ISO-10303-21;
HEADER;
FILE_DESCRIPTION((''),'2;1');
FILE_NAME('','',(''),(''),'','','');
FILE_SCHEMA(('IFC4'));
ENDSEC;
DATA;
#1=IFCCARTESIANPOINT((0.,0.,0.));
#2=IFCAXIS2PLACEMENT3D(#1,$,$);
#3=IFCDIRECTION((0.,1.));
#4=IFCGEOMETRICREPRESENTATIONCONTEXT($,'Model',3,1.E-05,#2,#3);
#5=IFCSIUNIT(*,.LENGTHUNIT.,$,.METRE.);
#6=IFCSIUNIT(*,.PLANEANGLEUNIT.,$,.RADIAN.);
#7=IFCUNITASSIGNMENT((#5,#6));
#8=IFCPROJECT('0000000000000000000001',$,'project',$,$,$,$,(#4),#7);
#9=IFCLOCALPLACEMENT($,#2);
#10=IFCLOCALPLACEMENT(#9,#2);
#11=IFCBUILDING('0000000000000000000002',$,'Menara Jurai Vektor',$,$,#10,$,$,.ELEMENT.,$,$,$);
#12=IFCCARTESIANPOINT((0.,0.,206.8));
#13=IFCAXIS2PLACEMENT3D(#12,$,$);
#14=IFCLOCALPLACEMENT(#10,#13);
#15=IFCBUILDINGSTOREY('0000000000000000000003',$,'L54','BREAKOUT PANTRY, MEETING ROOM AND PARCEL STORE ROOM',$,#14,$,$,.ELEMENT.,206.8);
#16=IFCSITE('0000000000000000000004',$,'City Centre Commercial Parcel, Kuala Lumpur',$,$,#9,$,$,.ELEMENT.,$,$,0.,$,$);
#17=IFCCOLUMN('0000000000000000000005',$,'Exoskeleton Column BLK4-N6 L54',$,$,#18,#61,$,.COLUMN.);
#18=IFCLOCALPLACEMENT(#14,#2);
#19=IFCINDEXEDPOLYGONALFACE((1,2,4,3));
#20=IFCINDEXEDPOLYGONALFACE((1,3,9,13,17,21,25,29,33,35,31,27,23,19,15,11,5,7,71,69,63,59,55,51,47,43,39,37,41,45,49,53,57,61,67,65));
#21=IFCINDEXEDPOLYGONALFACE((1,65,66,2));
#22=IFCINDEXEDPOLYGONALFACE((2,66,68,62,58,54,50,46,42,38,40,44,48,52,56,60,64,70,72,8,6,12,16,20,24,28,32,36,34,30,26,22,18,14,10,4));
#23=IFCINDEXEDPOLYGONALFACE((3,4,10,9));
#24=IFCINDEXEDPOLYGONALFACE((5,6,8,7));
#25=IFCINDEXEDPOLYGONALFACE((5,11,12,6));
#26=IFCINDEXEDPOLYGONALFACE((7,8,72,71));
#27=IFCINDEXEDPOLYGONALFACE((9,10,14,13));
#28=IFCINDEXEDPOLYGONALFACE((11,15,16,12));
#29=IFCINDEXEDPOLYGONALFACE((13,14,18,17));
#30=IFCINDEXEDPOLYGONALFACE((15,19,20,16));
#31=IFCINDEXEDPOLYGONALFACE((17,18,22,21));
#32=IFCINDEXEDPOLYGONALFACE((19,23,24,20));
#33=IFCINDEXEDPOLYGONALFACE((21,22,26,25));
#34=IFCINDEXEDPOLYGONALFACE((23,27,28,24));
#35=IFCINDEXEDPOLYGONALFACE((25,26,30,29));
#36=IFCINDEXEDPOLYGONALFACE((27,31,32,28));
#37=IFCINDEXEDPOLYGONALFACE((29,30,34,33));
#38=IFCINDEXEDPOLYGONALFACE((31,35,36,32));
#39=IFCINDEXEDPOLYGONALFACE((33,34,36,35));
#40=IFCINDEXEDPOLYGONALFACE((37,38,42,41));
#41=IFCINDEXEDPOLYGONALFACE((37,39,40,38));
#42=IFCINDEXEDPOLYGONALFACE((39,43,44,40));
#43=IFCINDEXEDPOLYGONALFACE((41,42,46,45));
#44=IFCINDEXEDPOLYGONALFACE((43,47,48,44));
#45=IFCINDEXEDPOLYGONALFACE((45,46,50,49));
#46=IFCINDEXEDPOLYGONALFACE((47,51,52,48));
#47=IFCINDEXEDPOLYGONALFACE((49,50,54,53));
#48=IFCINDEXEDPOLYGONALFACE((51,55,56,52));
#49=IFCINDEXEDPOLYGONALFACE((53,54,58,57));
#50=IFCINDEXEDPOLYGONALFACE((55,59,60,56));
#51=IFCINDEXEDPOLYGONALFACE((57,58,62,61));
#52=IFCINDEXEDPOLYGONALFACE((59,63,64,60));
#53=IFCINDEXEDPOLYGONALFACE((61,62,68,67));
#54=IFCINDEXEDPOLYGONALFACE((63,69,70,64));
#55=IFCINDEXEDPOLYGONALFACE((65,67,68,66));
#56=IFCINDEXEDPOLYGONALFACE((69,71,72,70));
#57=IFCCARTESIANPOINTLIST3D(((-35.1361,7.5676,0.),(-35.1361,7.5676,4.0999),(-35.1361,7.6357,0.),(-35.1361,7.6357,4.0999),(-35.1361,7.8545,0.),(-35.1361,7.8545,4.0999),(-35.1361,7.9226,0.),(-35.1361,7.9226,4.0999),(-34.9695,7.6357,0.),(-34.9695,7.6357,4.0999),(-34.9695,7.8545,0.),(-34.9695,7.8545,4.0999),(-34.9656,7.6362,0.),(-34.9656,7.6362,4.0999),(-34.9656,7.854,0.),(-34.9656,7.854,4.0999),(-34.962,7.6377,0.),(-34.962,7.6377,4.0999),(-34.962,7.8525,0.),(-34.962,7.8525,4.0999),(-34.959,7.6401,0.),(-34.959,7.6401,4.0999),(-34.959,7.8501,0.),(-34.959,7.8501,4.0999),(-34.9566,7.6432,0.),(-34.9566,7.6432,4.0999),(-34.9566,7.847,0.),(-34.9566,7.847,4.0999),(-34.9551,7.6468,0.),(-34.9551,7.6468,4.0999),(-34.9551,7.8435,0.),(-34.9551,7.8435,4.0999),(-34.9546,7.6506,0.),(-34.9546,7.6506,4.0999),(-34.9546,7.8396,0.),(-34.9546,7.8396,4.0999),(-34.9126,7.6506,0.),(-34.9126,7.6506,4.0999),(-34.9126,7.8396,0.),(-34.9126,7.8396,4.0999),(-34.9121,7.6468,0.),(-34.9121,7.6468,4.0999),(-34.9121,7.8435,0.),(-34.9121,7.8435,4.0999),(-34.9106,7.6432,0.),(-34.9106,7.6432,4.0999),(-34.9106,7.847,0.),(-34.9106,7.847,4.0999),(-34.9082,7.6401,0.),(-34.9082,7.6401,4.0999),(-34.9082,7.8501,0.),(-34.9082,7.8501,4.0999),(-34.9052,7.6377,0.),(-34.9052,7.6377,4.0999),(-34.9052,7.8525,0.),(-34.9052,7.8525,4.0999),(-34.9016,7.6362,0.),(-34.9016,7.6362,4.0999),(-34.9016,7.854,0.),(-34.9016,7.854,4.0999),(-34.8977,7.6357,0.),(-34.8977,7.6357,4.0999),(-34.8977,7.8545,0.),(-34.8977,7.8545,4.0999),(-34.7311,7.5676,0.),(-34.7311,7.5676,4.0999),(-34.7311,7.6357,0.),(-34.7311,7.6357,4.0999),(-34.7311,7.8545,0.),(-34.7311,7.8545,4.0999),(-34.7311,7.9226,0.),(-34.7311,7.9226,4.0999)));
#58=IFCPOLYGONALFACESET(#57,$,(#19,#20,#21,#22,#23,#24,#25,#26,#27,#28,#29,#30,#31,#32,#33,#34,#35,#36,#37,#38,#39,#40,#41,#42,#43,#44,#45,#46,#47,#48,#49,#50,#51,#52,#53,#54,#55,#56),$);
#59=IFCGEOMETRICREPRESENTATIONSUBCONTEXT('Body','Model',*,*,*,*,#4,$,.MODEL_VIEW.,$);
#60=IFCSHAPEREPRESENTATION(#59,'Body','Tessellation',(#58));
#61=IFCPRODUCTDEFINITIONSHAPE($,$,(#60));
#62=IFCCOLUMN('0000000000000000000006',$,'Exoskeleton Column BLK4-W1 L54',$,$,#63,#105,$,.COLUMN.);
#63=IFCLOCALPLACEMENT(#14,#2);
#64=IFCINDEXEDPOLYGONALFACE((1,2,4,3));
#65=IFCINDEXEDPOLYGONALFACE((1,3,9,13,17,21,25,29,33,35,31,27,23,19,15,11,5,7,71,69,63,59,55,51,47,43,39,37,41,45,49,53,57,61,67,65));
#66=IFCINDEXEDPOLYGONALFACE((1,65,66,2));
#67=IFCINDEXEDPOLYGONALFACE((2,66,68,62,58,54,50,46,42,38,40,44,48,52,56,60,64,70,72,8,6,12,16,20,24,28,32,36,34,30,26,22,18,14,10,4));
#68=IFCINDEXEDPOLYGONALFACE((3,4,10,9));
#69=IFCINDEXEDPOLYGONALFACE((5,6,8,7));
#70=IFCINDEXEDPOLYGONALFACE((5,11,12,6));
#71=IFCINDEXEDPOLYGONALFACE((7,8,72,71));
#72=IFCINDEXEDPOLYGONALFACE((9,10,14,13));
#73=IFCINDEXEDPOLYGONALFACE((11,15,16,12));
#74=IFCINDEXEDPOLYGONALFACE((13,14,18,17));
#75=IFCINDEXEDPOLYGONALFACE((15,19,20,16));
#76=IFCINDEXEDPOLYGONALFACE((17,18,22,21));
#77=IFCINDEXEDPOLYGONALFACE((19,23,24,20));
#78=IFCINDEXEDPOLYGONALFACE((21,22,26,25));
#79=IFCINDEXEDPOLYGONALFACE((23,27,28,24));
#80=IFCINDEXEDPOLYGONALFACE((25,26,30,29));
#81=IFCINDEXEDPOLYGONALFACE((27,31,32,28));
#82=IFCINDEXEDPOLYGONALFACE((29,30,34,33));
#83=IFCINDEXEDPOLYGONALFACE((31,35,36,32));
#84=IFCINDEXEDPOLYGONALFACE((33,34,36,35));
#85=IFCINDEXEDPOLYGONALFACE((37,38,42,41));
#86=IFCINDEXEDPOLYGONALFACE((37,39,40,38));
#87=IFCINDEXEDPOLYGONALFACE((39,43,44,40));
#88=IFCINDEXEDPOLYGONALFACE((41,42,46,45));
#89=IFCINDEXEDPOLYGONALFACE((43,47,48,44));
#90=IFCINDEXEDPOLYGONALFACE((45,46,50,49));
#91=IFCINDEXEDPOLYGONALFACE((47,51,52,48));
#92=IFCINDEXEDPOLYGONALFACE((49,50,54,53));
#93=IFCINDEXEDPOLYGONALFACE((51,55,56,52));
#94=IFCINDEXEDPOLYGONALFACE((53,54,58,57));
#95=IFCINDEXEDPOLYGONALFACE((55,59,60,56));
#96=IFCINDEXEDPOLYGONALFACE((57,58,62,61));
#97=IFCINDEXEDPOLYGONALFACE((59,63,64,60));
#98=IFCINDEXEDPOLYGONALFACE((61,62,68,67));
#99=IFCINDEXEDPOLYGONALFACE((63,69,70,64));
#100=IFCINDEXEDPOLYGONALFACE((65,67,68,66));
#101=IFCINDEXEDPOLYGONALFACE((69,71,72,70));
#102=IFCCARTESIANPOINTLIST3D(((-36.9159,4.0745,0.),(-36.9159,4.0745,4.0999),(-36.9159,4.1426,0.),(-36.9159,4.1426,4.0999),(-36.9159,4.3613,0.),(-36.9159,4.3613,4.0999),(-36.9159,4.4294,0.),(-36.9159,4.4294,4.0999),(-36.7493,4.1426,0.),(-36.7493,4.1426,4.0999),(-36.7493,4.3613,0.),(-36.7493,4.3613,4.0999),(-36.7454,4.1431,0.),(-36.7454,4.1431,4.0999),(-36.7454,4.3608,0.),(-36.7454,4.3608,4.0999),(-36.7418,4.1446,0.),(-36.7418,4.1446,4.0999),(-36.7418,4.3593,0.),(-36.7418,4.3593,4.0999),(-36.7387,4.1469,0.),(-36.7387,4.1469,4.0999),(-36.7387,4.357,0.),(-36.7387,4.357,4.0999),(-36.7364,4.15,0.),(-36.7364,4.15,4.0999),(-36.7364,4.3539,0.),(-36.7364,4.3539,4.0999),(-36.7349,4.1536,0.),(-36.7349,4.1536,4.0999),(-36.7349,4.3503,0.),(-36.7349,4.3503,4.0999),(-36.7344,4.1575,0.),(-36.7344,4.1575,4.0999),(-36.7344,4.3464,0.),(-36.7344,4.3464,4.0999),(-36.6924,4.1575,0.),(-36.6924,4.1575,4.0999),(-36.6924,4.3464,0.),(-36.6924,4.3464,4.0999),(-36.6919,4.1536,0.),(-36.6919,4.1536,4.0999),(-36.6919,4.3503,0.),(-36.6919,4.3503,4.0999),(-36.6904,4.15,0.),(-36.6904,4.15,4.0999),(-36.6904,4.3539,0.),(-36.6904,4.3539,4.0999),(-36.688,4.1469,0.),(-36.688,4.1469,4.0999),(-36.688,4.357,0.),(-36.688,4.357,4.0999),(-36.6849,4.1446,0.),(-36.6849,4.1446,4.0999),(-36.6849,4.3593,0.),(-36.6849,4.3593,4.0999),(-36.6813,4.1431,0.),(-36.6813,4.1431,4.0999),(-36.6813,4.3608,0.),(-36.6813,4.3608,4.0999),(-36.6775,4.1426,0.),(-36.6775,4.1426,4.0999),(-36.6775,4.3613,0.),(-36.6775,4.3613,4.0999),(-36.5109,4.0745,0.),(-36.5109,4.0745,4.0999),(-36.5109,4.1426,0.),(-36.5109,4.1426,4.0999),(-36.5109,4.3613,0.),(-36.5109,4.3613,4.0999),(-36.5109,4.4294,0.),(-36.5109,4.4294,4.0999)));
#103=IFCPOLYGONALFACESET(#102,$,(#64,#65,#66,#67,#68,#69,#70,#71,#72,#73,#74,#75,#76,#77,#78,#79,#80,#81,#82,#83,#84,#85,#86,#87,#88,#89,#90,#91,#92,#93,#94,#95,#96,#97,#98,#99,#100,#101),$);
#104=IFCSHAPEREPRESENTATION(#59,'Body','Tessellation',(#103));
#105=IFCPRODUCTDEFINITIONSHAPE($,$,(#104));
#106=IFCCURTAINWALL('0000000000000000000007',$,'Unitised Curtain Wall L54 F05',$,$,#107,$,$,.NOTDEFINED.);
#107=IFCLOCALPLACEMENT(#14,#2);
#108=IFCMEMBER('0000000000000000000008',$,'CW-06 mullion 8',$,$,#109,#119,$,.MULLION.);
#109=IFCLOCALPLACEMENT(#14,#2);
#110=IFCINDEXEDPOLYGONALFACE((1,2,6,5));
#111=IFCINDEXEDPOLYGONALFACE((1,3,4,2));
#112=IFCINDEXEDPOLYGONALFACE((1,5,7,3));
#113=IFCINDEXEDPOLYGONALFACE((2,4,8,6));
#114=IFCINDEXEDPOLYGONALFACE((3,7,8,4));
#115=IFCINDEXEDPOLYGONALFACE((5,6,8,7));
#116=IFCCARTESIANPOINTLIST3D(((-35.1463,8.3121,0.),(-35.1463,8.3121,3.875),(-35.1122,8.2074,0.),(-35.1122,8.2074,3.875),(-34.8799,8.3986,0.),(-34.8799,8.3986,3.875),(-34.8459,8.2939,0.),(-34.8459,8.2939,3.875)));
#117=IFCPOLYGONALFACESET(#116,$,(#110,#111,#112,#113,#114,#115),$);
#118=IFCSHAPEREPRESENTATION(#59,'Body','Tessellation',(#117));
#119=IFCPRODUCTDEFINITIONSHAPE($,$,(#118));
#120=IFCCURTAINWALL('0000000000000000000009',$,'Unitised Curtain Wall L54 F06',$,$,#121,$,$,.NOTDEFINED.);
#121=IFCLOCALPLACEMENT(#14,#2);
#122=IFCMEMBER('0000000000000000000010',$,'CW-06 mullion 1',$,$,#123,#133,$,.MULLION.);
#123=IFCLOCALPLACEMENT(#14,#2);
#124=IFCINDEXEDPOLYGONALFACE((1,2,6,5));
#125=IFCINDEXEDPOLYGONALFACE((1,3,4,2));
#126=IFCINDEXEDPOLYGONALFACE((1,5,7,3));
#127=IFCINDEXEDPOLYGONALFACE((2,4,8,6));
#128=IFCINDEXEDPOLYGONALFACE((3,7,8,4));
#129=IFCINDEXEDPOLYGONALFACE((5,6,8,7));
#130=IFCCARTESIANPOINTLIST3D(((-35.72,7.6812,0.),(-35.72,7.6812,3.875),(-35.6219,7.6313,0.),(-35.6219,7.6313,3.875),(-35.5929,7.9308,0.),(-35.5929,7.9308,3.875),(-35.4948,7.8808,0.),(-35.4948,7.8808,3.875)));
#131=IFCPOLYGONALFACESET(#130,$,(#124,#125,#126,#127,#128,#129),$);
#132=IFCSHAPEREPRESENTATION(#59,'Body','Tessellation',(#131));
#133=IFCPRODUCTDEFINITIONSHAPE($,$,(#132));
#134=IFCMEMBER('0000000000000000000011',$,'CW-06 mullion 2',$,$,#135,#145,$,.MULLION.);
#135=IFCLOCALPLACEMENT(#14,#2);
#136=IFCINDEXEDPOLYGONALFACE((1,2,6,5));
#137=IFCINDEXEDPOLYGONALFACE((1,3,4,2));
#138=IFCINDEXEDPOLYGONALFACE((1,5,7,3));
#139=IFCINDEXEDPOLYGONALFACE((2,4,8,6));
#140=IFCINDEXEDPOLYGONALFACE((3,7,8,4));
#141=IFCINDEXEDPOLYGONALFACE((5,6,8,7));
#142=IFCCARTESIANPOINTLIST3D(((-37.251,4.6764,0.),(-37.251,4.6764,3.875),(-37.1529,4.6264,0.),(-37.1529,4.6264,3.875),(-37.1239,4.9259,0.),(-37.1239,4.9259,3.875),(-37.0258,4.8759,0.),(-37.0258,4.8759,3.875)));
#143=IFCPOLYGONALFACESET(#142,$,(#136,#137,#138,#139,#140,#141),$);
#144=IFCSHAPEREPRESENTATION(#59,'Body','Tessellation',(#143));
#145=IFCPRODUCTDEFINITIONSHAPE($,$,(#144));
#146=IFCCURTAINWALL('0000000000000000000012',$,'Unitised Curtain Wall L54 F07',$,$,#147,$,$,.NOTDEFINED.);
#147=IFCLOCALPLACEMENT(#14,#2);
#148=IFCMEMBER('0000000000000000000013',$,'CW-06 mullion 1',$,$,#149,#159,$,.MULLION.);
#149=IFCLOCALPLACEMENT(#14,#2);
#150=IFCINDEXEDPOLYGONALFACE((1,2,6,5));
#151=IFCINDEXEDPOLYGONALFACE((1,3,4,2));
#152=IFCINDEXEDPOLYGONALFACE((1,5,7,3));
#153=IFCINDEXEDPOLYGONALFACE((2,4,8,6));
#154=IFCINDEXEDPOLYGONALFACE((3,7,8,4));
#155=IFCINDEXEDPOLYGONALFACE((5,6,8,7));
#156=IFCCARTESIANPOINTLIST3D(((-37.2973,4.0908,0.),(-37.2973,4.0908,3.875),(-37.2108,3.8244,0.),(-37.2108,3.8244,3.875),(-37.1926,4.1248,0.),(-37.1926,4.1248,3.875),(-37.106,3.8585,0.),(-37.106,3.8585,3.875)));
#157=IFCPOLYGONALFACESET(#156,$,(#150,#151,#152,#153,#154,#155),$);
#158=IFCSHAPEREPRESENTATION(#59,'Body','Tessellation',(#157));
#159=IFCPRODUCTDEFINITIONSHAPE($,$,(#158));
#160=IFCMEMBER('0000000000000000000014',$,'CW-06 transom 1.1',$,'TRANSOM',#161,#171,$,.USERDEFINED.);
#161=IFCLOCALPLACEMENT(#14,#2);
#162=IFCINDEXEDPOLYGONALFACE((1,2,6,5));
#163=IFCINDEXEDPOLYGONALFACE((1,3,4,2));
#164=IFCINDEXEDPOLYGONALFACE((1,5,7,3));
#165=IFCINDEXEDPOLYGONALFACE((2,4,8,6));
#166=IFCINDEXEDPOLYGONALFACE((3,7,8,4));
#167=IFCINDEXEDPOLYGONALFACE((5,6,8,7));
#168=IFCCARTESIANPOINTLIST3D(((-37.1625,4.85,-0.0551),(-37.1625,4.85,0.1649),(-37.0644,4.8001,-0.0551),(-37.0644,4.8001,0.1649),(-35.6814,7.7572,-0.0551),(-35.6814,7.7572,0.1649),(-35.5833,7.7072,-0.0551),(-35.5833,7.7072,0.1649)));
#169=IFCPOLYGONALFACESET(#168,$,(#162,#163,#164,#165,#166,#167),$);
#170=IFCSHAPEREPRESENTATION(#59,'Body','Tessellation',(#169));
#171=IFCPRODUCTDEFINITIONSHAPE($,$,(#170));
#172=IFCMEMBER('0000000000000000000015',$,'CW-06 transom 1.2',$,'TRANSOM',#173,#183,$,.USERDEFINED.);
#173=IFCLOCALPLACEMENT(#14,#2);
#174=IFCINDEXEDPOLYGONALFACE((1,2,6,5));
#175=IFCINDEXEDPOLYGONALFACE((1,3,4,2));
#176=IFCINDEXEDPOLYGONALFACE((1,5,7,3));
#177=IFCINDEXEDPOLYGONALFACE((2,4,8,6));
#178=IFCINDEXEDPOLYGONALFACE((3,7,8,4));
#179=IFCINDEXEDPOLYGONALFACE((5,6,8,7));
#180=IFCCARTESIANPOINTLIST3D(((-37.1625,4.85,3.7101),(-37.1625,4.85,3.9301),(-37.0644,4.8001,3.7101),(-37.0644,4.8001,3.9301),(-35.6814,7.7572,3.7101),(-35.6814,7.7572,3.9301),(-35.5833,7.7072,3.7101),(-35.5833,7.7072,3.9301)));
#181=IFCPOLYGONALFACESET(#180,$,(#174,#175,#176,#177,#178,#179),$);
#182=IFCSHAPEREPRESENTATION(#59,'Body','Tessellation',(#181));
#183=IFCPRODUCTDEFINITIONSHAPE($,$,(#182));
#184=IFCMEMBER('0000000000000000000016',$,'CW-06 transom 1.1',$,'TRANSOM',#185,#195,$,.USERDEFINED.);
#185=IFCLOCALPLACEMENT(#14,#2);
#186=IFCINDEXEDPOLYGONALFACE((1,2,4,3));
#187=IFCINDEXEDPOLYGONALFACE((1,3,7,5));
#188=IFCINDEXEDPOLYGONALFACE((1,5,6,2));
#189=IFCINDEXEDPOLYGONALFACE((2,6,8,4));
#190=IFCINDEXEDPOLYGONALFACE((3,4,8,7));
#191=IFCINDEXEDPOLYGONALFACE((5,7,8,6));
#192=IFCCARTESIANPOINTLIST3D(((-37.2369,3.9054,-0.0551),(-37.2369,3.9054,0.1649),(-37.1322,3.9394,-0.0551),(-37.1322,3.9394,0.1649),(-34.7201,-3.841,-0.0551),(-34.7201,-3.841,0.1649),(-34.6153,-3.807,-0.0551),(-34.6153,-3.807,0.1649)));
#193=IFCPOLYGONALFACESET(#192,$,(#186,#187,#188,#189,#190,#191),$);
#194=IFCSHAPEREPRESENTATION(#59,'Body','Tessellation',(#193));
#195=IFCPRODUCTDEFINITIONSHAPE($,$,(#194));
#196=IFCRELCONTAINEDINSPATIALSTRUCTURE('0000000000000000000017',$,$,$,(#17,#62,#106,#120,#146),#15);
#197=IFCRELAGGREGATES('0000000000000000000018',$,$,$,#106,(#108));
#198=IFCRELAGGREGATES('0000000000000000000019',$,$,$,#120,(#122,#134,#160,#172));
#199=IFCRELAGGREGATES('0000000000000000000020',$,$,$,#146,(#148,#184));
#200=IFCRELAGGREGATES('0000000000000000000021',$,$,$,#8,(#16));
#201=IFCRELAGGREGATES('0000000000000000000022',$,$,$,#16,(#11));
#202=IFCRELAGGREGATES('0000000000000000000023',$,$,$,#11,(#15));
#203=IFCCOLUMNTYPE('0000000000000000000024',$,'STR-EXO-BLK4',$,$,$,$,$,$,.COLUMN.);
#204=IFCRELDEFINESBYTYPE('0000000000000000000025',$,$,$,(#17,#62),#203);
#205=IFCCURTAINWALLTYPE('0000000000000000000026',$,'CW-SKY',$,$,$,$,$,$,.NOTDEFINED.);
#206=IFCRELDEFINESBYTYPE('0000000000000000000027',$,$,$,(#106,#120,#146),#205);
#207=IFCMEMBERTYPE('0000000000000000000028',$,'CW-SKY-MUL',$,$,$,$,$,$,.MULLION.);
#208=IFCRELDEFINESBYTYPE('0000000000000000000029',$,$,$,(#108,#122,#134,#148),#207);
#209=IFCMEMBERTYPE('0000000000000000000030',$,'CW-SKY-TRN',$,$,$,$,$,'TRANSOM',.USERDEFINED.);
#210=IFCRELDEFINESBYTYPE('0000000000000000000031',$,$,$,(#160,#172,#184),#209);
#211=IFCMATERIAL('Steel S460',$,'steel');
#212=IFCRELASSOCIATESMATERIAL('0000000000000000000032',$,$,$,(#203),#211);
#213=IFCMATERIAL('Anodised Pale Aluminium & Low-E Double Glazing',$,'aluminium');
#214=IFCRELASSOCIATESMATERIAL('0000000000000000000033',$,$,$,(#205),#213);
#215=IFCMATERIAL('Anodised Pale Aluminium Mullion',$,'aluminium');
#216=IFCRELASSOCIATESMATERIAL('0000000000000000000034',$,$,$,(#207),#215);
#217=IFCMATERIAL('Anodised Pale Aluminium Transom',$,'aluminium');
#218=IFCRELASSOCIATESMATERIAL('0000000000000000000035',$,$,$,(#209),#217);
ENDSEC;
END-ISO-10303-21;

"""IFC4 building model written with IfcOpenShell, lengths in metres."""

from ifc_helpers import new_model, si_unit, direction, frame, origin, origin_2d, place, context, subcontext, project, spatial, rectangle, i_section, extrude, material, material_profile, profile_set, type_object, element, aggregate, save


model = new_model("IFC4")

# Units and contexts
model_context = context("Model", 3, precision=1e-05, world=origin(), true_north=direction((0.0, 1.0)))
body_context = subcontext(model_context, "Body", "Model", "MODEL_VIEW")
ifc_project = project(units=[si_unit("LENGTHUNIT", "METRE"), si_unit("PLANEANGLEUNIT", "RADIAN")], contexts=[model_context])

# Site, building, storey
site_placement = place(None, origin())
site = spatial("IfcSite", under=ifc_project, at=site_placement, Name="City Centre Commercial Parcel, Kuala Lumpur", CompositionType="ELEMENT", RefElevation=0.0)
building_placement = place(site_placement, origin())
building = spatial("IfcBuilding", under=site, at=building_placement, Name="Menara Jurai Vektor", CompositionType="ELEMENT")
storey_placement = place(building_placement, frame((0.0, 0.0, 206.8)))
storey = spatial("IfcBuildingStorey", under=building, at=storey_placement, Name="L54", Description="BREAKOUT PANTRY, MEETING ROOM AND PARCEL STORE ROOM", CompositionType="ELEMENT", Elevation=206.8)

# Columns
ifc_material_1 = material(Name="Steel S460", Category="steel")
ifc_material_profile_1 = material_profile(ifc_material_1, i_section(OverallWidth=0.405, OverallDepth=0.355, WebThickness=0.042, FlangeThickness=0.0681, FilletRadius=0.0149, at=origin_2d()), Name="HD 400x551")
ifc_profile_set_1 = profile_set([ifc_material_profile_1], Name="Steel S460")
column_type = type_object("IfcColumnType", Name="STR-EXO-BLK4", PredefinedType="COLUMN", material=ifc_profile_set_1)
for number, where, z_axis, x_axis, name in (
    (1, (-34.9336, 7.7451, 0.0), (0.0, 0.0, 1.0), (1.0, 0.0, 0.0), "Exoskeleton Column BLK4-N6 L54"),
    (2, (-36.7134, 4.252, 0.0), (0.0, 0.0, 1.0), (1.0, 0.0, 0.0), "Exoskeleton Column BLK4-W1 L54"),
):
    element("IfcColumn", number, at=place(storey_placement, frame(where, z_axis=z_axis, x_axis=x_axis)), inside=storey, type_object=column_type, Name=name, PredefinedType="COLUMN", context=body_context, shape_type="SweptSolid", body=[
        extrude(i_section(OverallWidth=0.405, OverallDepth=0.355, WebThickness=0.042, FlangeThickness=0.0681, FilletRadius=0.0149, at=origin_2d()), origin(), (0.0, 0.0, 1.0), 4.0999),
    ])

# Curtain wall, member
ifc_material_2 = material(Name="Anodised Pale Aluminium & Low-E Double Glazing", Category="aluminium")
curtain_wall_type = type_object("IfcCurtainWallType", Name="CW-SKY", PredefinedType="NOTDEFINED", material=ifc_material_2)
curtain_wall_1_placement = place(storey_placement, origin())
curtain_wall_1 = element("IfcCurtainWall", 3, at=curtain_wall_1_placement, inside=storey, type_object=curtain_wall_type, Name="Unitised Curtain Wall L54 F05", PredefinedType="NOTDEFINED")
ifc_material_3 = material(Name="Anodised Pale Aluminium Mullion", Category="aluminium")
ifc_material_profile_2 = material_profile(ifc_material_3, rectangle(XDim=0.1101, YDim=0.28, at=origin_2d()), Name="ALU MUL 110x280")
ifc_profile_set_2 = profile_set([ifc_material_profile_2], Name="Anodised Pale Aluminium Mullion")
member_type_1 = type_object("IfcMemberType", Name="CW-SKY-MUL", PredefinedType="MULLION", material=ifc_profile_set_2)
member_1_placement = place(storey_placement, frame((-34.9961, 8.303, 0.0), z_axis=(0.0, 0.0, 1.0), x_axis=(0.309017, -0.951056, 0.0)))
member_1 = element("IfcMember", 4, at=member_1_placement, type_object=member_type_1, Name="CW-06 mullion 8", PredefinedType="MULLION", context=body_context, shape_type="SweptSolid", body=[
    extrude(rectangle(XDim=0.1101, YDim=0.28, at=origin_2d()), origin(), (0.0, 0.0, 1.0), 3.875),
])
aggregate(curtain_wall_1, [member_1])

# Curtain wall, members
curtain_wall_2_placement = place(storey_placement, origin())
curtain_wall_2 = element("IfcCurtainWall", 5, at=curtain_wall_2_placement, inside=storey, type_object=curtain_wall_type, Name="Unitised Curtain Wall L54 F06", PredefinedType="NOTDEFINED")
member_2_placement = place(storey_placement, frame((-35.6074, 7.781, 0.0), z_axis=(0.0, 0.0, 1.0), x_axis=(0.891008, -0.453989, 0.0)))
member_2 = element("IfcMember", 6, at=member_2_placement, type_object=member_type_1, Name="CW-06 mullion 1", PredefinedType="MULLION", context=body_context, shape_type="SweptSolid", body=[
    extrude(rectangle(XDim=0.1101, YDim=0.28, at=origin_2d()), origin(), (0.0, 0.0, 1.0), 3.875),
])
member_3_placement = place(storey_placement, frame((-37.1384, 4.7761, 0.0), z_axis=(0.0, 0.0, 1.0), x_axis=(0.891008, -0.453989, 0.0)))
member_3 = element("IfcMember", 7, at=member_3_placement, type_object=member_type_1, Name="CW-06 mullion 2", PredefinedType="MULLION", context=body_context, shape_type="SweptSolid", body=[
    extrude(rectangle(XDim=0.1101, YDim=0.28, at=origin_2d()), origin(), (0.0, 0.0, 1.0), 3.875),
])

# Curtain wall, member
curtain_wall_3_placement = place(storey_placement, origin())
curtain_wall_3 = element("IfcCurtainWall", 8, at=curtain_wall_3_placement, inside=storey, type_object=curtain_wall_type, Name="Unitised Curtain Wall L54 F07", PredefinedType="NOTDEFINED")
member_4_placement = place(storey_placement, frame((-37.2017, 3.9746, 0.0), z_axis=(0.0, 0.0, 1.0), x_axis=(0.951057, 0.309016, 0.0)))
member_4 = element("IfcMember", 9, at=member_4_placement, type_object=member_type_1, Name="CW-06 mullion 1", PredefinedType="MULLION", context=body_context, shape_type="SweptSolid", body=[
    extrude(rectangle(XDim=0.1101, YDim=0.28, at=origin_2d()), origin(), (0.0, 0.0, 1.0), 3.875),
])

# Members
ifc_material_4 = material(Name="Anodised Pale Aluminium Transom", Category="aluminium")
ifc_material_profile_3 = material_profile(ifc_material_4, rectangle(XDim=0.1101, YDim=0.22, at=origin_2d()), Name="ALU TRN 110x220")
ifc_profile_set_3 = profile_set([ifc_material_profile_3], Name="Anodised Pale Aluminium Transom")
member_type_2 = type_object("IfcMemberType", Name="CW-SKY-TRN", ElementType="TRANSOM", PredefinedType="USERDEFINED", material=ifc_profile_set_3)
member_5_placement = place(storey_placement, frame((-35.6323, 7.7322, 0.0549), z_axis=(-0.453965, -0.89102, 0.0), x_axis=(0.89102, -0.453965, 0.0)))
member_5 = element("IfcMember", 10, at=member_5_placement, type_object=member_type_2, Name="CW-06 transom 1.1", ObjectType="TRANSOM", PredefinedType="USERDEFINED", context=body_context, shape_type="SweptSolid", body=[
    extrude(rectangle(XDim=0.1101, YDim=0.22, at=origin_2d()), origin(), (0.0, 0.0, 1.0), 3.2627),
])
member_6_placement = place(storey_placement, frame((-35.6323, 7.7322, 3.8201), z_axis=(-0.453965, -0.89102, 0.0), x_axis=(0.89102, -0.453965, 0.0)))
member_6 = element("IfcMember", 11, at=member_6_placement, type_object=member_type_2, Name="CW-06 transom 1.2", ObjectType="TRANSOM", PredefinedType="USERDEFINED", context=body_context, shape_type="SweptSolid", body=[
    extrude(rectangle(XDim=0.1101, YDim=0.22, at=origin_2d()), origin(), (0.0, 0.0, 1.0), 3.2627),
])
member_7_placement = place(storey_placement, frame((-37.1846, 3.9224, 0.0549), z_axis=(0.309007, -0.95106, 0.0), x_axis=(0.95106, 0.309007, 0.0)))
member_7 = element("IfcMember", 12, at=member_7_placement, type_object=member_type_2, Name="CW-06 transom 1.1", ObjectType="TRANSOM", PredefinedType="USERDEFINED", context=body_context, shape_type="SweptSolid", body=[
    extrude(rectangle(XDim=0.1101, YDim=0.22, at=origin_2d()), origin(), (0.0, 0.0, 1.0), 8.145),
])

aggregate(curtain_wall_2, [member_2, member_3, member_5, member_6])
aggregate(curtain_wall_3, [member_4, member_7])

save(model, "model.ifc")
